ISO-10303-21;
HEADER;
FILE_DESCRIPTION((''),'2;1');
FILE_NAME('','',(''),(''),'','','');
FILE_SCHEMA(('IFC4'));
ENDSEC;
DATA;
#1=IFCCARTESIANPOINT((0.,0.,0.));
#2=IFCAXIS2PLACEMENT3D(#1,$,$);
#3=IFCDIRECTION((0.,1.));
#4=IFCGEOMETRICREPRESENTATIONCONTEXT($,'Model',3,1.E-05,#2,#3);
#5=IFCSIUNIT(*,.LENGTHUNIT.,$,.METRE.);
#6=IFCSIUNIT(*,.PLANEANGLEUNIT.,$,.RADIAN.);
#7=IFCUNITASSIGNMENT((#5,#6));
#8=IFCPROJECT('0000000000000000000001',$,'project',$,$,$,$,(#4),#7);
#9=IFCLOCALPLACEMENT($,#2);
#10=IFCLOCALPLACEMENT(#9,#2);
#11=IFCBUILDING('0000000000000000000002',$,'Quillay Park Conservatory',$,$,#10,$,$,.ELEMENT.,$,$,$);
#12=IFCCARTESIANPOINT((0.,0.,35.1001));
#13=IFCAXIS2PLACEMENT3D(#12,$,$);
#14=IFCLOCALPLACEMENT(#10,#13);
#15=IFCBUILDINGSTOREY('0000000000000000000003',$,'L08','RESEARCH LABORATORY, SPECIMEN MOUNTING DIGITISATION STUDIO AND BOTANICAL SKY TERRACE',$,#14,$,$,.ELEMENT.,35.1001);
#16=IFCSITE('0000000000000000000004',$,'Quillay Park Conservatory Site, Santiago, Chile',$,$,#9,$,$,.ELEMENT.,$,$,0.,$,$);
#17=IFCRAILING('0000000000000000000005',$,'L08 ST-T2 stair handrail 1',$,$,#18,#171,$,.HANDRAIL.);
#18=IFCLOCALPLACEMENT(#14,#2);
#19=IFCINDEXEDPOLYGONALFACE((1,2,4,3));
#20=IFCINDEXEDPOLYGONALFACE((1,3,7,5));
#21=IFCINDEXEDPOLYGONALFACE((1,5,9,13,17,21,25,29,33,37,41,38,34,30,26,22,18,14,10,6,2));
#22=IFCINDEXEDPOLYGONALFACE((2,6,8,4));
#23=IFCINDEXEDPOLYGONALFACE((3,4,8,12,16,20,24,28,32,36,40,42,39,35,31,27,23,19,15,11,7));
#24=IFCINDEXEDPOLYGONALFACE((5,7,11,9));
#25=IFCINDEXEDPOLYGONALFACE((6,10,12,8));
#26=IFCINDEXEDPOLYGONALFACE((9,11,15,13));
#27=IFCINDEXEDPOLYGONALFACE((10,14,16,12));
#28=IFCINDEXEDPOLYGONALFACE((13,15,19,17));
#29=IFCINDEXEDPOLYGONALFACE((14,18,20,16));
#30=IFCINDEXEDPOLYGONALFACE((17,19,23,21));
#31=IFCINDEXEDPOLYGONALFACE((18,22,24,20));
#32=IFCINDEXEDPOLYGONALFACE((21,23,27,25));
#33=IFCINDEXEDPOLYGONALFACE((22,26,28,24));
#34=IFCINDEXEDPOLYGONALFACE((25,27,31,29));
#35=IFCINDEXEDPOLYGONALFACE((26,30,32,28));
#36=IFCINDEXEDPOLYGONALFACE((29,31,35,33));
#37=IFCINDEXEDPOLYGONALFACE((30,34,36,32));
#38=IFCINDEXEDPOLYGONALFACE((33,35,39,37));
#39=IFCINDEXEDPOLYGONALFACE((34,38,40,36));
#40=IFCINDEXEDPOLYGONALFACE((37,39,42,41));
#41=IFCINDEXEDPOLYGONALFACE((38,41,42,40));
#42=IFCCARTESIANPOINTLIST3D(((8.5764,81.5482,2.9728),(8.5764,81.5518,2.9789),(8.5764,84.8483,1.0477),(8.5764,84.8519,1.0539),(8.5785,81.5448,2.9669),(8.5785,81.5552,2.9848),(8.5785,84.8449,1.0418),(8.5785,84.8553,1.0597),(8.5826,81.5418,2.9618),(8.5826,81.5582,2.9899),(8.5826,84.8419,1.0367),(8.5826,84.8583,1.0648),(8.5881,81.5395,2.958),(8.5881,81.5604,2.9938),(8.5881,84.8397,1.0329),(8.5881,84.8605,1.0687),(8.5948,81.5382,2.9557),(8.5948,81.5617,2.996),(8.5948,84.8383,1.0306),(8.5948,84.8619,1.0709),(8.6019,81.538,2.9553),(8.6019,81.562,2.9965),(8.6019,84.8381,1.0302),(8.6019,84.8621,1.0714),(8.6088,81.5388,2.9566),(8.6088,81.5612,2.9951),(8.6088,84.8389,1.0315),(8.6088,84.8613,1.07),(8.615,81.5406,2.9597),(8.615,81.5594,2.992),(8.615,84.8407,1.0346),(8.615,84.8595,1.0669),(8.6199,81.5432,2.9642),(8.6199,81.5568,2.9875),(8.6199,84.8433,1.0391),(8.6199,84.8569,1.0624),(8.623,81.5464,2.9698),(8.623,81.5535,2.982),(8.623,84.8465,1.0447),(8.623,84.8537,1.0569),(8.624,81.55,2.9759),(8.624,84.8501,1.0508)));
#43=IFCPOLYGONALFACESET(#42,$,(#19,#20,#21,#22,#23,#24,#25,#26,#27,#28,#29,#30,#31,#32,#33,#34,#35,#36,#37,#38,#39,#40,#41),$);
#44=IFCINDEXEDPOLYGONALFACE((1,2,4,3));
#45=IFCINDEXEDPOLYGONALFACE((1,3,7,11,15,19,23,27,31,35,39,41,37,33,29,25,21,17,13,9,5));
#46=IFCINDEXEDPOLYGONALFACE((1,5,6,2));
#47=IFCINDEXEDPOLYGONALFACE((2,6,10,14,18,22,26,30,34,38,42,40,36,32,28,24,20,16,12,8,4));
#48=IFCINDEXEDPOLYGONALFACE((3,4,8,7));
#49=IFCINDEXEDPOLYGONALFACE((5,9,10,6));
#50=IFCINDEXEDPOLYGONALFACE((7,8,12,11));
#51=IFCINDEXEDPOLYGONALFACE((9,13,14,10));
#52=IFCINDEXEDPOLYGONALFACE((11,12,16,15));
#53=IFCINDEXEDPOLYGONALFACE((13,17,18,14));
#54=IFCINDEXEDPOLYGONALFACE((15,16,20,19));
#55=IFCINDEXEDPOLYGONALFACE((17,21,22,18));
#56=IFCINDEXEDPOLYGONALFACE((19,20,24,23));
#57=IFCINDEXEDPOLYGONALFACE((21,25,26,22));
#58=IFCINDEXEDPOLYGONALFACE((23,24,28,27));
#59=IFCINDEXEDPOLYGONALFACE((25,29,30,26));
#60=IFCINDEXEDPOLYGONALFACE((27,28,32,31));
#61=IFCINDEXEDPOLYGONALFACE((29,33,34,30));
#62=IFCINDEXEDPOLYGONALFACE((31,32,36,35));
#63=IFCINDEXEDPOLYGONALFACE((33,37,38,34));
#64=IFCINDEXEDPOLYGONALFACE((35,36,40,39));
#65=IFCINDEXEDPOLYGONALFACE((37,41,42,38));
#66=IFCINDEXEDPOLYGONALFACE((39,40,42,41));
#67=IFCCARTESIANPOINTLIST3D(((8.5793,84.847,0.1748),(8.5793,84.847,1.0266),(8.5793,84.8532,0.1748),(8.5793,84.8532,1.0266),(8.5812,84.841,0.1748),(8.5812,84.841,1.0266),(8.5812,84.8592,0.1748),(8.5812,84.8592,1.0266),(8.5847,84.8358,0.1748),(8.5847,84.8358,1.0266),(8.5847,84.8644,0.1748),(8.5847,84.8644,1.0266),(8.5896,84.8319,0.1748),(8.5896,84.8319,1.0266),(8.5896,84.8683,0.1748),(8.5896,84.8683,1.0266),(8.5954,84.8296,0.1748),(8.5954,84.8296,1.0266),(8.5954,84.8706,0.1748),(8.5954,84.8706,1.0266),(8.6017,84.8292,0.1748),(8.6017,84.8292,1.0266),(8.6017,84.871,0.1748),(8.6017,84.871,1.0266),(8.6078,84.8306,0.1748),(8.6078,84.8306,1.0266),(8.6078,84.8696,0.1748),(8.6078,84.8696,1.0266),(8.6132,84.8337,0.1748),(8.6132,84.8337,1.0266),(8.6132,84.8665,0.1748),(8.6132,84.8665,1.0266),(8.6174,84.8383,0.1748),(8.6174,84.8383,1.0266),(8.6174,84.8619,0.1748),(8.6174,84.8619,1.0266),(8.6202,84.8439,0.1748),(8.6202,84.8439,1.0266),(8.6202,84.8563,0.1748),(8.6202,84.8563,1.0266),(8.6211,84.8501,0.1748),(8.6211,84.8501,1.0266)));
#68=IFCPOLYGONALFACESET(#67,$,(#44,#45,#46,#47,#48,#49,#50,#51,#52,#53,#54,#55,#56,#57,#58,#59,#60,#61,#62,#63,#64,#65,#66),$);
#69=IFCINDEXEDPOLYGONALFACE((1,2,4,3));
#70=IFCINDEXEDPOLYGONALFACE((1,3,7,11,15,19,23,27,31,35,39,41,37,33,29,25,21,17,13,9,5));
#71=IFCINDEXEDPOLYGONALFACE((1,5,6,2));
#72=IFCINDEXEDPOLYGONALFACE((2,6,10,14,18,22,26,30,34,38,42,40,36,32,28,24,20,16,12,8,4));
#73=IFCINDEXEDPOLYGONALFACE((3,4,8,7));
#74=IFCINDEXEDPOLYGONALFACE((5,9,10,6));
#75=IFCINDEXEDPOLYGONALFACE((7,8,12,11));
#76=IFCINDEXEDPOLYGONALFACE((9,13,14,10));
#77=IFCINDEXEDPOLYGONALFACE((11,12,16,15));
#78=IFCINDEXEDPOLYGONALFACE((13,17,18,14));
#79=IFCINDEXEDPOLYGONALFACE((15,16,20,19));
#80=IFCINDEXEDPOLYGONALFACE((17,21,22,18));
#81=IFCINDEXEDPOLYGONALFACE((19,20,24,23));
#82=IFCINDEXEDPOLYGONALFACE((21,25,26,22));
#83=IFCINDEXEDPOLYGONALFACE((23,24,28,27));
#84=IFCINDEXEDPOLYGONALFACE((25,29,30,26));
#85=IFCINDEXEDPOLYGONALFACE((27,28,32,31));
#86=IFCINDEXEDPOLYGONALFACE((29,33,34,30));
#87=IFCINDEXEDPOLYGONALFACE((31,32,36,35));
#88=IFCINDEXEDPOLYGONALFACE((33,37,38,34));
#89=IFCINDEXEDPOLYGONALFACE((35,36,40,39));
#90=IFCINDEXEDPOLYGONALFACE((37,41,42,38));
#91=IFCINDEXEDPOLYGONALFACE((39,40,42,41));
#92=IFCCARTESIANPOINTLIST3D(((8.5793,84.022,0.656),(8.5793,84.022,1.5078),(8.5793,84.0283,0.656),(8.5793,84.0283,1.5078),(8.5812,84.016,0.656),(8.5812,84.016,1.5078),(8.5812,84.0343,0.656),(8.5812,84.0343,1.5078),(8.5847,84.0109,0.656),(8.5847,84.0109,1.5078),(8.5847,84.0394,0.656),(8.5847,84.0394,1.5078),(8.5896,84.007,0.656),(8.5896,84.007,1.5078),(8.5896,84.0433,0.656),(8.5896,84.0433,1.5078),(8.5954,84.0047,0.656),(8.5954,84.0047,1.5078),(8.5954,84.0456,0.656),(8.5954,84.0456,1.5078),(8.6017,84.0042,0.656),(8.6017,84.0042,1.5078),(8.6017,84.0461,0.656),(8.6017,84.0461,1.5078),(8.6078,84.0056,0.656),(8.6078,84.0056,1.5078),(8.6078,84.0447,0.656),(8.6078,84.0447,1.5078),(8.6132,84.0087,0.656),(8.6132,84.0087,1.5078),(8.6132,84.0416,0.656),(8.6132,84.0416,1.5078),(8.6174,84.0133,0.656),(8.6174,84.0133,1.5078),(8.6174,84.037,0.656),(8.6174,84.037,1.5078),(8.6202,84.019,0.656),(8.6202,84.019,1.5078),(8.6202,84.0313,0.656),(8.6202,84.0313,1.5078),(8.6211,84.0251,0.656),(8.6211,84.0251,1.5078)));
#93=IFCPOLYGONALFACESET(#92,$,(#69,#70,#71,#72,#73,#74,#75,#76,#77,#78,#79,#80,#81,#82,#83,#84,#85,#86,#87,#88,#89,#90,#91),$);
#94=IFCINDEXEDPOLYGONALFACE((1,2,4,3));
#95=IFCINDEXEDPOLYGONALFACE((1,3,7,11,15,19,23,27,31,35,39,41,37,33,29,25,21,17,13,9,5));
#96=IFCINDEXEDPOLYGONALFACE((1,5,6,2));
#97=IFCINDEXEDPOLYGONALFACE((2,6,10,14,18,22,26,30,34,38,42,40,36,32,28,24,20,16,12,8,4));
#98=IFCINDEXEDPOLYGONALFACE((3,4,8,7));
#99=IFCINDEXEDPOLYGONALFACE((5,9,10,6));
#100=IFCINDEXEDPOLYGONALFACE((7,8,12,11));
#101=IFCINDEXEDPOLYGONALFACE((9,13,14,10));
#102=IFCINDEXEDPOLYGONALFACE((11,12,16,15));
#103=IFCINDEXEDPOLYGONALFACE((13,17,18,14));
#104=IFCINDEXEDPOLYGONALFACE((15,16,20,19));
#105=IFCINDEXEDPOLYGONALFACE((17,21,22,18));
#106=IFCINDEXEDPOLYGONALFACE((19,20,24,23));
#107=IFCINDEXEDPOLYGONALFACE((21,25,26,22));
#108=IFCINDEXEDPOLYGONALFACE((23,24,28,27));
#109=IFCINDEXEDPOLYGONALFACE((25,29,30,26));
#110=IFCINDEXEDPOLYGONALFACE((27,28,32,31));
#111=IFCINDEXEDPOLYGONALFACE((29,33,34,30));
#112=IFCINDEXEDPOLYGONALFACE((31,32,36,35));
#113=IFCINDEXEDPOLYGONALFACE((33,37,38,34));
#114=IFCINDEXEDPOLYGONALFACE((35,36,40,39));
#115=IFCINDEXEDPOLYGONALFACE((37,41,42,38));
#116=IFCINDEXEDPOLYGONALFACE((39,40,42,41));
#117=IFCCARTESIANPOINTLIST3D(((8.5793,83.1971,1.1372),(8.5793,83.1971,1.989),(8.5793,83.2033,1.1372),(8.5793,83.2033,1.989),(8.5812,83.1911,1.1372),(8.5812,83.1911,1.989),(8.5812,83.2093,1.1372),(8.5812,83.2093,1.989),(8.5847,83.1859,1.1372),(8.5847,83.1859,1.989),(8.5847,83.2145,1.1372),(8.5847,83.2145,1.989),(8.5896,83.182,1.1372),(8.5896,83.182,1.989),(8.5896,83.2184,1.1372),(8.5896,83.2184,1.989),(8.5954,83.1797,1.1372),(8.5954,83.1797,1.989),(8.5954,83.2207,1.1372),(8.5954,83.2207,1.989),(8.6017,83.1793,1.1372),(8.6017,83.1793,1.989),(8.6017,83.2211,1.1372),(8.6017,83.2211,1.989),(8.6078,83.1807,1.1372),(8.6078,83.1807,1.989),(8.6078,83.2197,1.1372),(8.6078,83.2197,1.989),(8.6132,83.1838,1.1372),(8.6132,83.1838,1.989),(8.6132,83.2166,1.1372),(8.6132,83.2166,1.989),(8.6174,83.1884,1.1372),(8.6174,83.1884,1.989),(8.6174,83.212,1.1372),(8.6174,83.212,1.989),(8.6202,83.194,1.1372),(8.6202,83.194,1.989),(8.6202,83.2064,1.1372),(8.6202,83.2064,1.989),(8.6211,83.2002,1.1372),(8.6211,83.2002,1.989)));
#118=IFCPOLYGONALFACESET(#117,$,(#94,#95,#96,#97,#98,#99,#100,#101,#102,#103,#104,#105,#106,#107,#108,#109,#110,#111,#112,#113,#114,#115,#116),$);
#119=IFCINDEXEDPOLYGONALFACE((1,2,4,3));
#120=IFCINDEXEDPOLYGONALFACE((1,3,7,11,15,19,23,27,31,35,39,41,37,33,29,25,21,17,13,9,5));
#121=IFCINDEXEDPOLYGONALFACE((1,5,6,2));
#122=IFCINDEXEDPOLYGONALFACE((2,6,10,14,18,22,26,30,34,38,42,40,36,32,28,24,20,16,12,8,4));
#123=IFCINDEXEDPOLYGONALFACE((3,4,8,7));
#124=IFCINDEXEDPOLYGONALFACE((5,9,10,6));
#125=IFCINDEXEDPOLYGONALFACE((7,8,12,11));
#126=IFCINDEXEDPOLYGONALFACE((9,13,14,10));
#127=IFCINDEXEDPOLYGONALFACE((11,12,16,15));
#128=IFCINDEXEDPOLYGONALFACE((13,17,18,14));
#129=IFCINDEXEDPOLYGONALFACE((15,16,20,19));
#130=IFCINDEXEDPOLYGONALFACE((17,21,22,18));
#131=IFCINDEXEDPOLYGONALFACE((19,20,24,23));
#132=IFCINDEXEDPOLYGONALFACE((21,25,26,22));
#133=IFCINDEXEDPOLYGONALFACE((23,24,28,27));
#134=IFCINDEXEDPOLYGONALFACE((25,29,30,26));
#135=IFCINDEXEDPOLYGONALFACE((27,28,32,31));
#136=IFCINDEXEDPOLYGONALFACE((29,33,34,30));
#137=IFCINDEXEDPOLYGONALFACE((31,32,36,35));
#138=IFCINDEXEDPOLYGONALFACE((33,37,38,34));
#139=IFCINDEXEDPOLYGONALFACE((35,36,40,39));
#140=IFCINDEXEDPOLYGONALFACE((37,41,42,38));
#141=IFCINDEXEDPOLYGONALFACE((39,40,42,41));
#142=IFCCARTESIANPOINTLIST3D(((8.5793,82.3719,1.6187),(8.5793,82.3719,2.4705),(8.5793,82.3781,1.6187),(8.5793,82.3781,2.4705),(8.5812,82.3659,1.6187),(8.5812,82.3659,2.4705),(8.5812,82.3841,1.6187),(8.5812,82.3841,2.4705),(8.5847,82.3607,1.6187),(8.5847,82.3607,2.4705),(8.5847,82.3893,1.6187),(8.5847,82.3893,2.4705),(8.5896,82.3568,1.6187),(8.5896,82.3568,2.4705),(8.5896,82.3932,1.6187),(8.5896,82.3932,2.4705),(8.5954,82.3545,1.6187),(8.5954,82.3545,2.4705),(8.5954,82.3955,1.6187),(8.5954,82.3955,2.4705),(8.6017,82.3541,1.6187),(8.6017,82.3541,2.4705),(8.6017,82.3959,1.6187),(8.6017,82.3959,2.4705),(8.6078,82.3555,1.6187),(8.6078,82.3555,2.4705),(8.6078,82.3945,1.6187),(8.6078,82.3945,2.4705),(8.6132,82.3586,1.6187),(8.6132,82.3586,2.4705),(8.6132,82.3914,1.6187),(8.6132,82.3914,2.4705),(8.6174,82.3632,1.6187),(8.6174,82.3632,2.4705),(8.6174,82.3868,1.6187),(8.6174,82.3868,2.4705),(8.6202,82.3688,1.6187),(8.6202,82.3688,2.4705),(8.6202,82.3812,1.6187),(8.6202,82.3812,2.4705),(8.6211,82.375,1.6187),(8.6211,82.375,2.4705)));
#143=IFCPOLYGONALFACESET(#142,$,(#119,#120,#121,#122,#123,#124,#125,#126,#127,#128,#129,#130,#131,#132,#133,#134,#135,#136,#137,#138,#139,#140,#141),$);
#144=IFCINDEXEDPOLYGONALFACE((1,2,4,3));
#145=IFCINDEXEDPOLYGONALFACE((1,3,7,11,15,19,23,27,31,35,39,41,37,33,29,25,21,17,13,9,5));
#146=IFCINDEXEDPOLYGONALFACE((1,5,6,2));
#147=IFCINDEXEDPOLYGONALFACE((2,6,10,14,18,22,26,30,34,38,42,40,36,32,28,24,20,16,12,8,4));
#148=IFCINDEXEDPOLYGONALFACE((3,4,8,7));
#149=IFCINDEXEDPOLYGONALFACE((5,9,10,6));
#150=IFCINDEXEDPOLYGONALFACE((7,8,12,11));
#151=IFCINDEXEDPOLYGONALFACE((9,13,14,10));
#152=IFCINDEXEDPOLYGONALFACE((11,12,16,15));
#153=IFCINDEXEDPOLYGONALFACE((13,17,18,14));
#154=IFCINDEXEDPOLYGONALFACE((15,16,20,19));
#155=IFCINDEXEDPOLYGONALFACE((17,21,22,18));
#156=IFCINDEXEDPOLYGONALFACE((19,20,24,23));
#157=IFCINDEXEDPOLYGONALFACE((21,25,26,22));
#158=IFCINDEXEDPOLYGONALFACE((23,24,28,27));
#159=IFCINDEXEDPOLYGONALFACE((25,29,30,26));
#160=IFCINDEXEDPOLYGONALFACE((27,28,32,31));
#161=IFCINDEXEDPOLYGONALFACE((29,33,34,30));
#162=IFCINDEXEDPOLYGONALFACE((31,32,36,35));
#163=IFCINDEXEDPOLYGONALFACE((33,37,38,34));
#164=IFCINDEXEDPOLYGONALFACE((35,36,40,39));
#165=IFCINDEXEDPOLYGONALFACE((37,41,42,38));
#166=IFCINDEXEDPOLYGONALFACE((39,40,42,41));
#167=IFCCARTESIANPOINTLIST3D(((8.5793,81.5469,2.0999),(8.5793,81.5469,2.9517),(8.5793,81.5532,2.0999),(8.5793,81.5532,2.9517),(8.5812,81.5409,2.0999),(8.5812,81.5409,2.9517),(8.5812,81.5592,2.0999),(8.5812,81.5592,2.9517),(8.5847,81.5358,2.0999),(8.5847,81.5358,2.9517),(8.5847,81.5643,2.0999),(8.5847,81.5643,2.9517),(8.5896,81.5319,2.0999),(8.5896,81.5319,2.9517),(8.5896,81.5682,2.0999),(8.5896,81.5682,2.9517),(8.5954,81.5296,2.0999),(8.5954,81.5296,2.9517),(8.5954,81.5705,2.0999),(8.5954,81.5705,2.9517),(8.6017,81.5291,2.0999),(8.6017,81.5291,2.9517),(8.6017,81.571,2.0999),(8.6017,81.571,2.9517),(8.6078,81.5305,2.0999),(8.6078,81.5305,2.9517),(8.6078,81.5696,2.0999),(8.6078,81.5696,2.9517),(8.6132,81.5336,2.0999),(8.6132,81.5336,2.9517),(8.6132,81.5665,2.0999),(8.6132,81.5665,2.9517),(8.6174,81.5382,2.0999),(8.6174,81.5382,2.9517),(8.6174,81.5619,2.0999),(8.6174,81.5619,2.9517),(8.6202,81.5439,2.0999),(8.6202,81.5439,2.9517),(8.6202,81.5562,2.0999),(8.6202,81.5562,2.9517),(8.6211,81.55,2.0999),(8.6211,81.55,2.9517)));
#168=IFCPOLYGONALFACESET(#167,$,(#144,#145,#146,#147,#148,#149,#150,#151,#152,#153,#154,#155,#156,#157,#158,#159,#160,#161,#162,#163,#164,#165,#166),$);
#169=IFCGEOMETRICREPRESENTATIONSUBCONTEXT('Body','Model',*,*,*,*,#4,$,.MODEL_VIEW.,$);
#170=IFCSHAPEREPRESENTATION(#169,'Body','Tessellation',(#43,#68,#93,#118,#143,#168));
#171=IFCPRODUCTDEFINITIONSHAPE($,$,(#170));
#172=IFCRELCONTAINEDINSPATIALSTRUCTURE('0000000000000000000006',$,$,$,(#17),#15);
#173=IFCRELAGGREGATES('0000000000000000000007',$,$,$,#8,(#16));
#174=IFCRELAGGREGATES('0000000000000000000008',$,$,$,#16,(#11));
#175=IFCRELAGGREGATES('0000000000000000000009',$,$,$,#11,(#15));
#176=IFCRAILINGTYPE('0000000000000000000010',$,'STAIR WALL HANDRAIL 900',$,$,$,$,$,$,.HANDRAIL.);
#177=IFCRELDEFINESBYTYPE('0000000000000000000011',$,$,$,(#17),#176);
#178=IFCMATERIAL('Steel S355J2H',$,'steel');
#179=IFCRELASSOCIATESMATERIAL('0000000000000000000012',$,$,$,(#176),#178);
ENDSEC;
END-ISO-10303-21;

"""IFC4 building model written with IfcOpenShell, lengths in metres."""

from ifc_helpers import new_model, si_unit, direction, frame, origin, origin_2d, place, context, subcontext, project, spatial, circle, extrude, material, type_object, element, save


model = new_model("IFC4")

# Units and contexts
model_context = context("Model", 3, precision=1e-05, world=origin(), true_north=direction((0.0, 1.0)))
body_context = subcontext(model_context, "Body", "Model", "MODEL_VIEW")
ifc_project = project(units=[si_unit("LENGTHUNIT", "METRE"), si_unit("PLANEANGLEUNIT", "RADIAN")], contexts=[model_context])

# Site, building, storey
site_placement = place(None, origin())
site = spatial("IfcSite", under=ifc_project, at=site_placement, Name="Quillay Park Conservatory Site, Santiago, Chile", CompositionType="ELEMENT", RefElevation=0.0)
building_placement = place(site_placement, origin())
building = spatial("IfcBuilding", under=site, at=building_placement, Name="Quillay Park Conservatory", CompositionType="ELEMENT")
storey_placement = place(building_placement, frame((0.0, 0.0, 35.1001)))
storey = spatial("IfcBuildingStorey", under=building, at=storey_placement, Name="L08", Description="RESEARCH LABORATORY, SPECIMEN MOUNTING DIGITISATION STUDIO AND BOTANICAL SKY TERRACE", CompositionType="ELEMENT", Elevation=35.1001)

# Railing
ifc_material_1 = material(Name="Steel S355J2H", Category="steel")
railing_type_1 = type_object("IfcRailingType", Name="STAIR WALL HANDRAIL 900", PredefinedType="HANDRAIL", material=ifc_material_1)
railing_1_placement = place(storey_placement, frame((8.6001, 84.8501, 0.1748)))
element("IfcRailing", 1, at=railing_1_placement, inside=storey, type_object=railing_type_1, Name="L08 ST-T2 stair handrail 1", PredefinedType="HANDRAIL", context=body_context, shape_type="SweptSolid", body=[
    extrude(circle(Radius=0.0239, at=origin_2d()), frame((0.0, 0.0, 0.876), z_axis=(0.0, -0.863777, 0.503875), x_axis=(1.0, 0.0, 0.0)), (0.0, 0.0, 1.0), 3.8206),
    extrude(circle(Radius=0.021, at=origin_2d()), origin(), (0.0, 0.0, 1.0), 0.8518),
    extrude(circle(Radius=0.021, at=origin_2d()), frame((0.0, -0.825, 0.4812)), (0.0, 0.0, 1.0), 0.8518),
    extrude(circle(Radius=0.021, at=origin_2d()), frame((0.0, -1.6499, 0.9624)), (0.0, 0.0, 1.0), 0.8518),
    extrude(circle(Radius=0.021, at=origin_2d()), frame((0.0, -2.4751, 1.4438)), (0.0, 0.0, 1.0), 0.8518),
    extrude(circle(Radius=0.021, at=origin_2d()), frame((0.0, -3.3, 1.925)), (0.0, 0.0, 1.0), 0.8518),
])

save(model, "model.ifc")
